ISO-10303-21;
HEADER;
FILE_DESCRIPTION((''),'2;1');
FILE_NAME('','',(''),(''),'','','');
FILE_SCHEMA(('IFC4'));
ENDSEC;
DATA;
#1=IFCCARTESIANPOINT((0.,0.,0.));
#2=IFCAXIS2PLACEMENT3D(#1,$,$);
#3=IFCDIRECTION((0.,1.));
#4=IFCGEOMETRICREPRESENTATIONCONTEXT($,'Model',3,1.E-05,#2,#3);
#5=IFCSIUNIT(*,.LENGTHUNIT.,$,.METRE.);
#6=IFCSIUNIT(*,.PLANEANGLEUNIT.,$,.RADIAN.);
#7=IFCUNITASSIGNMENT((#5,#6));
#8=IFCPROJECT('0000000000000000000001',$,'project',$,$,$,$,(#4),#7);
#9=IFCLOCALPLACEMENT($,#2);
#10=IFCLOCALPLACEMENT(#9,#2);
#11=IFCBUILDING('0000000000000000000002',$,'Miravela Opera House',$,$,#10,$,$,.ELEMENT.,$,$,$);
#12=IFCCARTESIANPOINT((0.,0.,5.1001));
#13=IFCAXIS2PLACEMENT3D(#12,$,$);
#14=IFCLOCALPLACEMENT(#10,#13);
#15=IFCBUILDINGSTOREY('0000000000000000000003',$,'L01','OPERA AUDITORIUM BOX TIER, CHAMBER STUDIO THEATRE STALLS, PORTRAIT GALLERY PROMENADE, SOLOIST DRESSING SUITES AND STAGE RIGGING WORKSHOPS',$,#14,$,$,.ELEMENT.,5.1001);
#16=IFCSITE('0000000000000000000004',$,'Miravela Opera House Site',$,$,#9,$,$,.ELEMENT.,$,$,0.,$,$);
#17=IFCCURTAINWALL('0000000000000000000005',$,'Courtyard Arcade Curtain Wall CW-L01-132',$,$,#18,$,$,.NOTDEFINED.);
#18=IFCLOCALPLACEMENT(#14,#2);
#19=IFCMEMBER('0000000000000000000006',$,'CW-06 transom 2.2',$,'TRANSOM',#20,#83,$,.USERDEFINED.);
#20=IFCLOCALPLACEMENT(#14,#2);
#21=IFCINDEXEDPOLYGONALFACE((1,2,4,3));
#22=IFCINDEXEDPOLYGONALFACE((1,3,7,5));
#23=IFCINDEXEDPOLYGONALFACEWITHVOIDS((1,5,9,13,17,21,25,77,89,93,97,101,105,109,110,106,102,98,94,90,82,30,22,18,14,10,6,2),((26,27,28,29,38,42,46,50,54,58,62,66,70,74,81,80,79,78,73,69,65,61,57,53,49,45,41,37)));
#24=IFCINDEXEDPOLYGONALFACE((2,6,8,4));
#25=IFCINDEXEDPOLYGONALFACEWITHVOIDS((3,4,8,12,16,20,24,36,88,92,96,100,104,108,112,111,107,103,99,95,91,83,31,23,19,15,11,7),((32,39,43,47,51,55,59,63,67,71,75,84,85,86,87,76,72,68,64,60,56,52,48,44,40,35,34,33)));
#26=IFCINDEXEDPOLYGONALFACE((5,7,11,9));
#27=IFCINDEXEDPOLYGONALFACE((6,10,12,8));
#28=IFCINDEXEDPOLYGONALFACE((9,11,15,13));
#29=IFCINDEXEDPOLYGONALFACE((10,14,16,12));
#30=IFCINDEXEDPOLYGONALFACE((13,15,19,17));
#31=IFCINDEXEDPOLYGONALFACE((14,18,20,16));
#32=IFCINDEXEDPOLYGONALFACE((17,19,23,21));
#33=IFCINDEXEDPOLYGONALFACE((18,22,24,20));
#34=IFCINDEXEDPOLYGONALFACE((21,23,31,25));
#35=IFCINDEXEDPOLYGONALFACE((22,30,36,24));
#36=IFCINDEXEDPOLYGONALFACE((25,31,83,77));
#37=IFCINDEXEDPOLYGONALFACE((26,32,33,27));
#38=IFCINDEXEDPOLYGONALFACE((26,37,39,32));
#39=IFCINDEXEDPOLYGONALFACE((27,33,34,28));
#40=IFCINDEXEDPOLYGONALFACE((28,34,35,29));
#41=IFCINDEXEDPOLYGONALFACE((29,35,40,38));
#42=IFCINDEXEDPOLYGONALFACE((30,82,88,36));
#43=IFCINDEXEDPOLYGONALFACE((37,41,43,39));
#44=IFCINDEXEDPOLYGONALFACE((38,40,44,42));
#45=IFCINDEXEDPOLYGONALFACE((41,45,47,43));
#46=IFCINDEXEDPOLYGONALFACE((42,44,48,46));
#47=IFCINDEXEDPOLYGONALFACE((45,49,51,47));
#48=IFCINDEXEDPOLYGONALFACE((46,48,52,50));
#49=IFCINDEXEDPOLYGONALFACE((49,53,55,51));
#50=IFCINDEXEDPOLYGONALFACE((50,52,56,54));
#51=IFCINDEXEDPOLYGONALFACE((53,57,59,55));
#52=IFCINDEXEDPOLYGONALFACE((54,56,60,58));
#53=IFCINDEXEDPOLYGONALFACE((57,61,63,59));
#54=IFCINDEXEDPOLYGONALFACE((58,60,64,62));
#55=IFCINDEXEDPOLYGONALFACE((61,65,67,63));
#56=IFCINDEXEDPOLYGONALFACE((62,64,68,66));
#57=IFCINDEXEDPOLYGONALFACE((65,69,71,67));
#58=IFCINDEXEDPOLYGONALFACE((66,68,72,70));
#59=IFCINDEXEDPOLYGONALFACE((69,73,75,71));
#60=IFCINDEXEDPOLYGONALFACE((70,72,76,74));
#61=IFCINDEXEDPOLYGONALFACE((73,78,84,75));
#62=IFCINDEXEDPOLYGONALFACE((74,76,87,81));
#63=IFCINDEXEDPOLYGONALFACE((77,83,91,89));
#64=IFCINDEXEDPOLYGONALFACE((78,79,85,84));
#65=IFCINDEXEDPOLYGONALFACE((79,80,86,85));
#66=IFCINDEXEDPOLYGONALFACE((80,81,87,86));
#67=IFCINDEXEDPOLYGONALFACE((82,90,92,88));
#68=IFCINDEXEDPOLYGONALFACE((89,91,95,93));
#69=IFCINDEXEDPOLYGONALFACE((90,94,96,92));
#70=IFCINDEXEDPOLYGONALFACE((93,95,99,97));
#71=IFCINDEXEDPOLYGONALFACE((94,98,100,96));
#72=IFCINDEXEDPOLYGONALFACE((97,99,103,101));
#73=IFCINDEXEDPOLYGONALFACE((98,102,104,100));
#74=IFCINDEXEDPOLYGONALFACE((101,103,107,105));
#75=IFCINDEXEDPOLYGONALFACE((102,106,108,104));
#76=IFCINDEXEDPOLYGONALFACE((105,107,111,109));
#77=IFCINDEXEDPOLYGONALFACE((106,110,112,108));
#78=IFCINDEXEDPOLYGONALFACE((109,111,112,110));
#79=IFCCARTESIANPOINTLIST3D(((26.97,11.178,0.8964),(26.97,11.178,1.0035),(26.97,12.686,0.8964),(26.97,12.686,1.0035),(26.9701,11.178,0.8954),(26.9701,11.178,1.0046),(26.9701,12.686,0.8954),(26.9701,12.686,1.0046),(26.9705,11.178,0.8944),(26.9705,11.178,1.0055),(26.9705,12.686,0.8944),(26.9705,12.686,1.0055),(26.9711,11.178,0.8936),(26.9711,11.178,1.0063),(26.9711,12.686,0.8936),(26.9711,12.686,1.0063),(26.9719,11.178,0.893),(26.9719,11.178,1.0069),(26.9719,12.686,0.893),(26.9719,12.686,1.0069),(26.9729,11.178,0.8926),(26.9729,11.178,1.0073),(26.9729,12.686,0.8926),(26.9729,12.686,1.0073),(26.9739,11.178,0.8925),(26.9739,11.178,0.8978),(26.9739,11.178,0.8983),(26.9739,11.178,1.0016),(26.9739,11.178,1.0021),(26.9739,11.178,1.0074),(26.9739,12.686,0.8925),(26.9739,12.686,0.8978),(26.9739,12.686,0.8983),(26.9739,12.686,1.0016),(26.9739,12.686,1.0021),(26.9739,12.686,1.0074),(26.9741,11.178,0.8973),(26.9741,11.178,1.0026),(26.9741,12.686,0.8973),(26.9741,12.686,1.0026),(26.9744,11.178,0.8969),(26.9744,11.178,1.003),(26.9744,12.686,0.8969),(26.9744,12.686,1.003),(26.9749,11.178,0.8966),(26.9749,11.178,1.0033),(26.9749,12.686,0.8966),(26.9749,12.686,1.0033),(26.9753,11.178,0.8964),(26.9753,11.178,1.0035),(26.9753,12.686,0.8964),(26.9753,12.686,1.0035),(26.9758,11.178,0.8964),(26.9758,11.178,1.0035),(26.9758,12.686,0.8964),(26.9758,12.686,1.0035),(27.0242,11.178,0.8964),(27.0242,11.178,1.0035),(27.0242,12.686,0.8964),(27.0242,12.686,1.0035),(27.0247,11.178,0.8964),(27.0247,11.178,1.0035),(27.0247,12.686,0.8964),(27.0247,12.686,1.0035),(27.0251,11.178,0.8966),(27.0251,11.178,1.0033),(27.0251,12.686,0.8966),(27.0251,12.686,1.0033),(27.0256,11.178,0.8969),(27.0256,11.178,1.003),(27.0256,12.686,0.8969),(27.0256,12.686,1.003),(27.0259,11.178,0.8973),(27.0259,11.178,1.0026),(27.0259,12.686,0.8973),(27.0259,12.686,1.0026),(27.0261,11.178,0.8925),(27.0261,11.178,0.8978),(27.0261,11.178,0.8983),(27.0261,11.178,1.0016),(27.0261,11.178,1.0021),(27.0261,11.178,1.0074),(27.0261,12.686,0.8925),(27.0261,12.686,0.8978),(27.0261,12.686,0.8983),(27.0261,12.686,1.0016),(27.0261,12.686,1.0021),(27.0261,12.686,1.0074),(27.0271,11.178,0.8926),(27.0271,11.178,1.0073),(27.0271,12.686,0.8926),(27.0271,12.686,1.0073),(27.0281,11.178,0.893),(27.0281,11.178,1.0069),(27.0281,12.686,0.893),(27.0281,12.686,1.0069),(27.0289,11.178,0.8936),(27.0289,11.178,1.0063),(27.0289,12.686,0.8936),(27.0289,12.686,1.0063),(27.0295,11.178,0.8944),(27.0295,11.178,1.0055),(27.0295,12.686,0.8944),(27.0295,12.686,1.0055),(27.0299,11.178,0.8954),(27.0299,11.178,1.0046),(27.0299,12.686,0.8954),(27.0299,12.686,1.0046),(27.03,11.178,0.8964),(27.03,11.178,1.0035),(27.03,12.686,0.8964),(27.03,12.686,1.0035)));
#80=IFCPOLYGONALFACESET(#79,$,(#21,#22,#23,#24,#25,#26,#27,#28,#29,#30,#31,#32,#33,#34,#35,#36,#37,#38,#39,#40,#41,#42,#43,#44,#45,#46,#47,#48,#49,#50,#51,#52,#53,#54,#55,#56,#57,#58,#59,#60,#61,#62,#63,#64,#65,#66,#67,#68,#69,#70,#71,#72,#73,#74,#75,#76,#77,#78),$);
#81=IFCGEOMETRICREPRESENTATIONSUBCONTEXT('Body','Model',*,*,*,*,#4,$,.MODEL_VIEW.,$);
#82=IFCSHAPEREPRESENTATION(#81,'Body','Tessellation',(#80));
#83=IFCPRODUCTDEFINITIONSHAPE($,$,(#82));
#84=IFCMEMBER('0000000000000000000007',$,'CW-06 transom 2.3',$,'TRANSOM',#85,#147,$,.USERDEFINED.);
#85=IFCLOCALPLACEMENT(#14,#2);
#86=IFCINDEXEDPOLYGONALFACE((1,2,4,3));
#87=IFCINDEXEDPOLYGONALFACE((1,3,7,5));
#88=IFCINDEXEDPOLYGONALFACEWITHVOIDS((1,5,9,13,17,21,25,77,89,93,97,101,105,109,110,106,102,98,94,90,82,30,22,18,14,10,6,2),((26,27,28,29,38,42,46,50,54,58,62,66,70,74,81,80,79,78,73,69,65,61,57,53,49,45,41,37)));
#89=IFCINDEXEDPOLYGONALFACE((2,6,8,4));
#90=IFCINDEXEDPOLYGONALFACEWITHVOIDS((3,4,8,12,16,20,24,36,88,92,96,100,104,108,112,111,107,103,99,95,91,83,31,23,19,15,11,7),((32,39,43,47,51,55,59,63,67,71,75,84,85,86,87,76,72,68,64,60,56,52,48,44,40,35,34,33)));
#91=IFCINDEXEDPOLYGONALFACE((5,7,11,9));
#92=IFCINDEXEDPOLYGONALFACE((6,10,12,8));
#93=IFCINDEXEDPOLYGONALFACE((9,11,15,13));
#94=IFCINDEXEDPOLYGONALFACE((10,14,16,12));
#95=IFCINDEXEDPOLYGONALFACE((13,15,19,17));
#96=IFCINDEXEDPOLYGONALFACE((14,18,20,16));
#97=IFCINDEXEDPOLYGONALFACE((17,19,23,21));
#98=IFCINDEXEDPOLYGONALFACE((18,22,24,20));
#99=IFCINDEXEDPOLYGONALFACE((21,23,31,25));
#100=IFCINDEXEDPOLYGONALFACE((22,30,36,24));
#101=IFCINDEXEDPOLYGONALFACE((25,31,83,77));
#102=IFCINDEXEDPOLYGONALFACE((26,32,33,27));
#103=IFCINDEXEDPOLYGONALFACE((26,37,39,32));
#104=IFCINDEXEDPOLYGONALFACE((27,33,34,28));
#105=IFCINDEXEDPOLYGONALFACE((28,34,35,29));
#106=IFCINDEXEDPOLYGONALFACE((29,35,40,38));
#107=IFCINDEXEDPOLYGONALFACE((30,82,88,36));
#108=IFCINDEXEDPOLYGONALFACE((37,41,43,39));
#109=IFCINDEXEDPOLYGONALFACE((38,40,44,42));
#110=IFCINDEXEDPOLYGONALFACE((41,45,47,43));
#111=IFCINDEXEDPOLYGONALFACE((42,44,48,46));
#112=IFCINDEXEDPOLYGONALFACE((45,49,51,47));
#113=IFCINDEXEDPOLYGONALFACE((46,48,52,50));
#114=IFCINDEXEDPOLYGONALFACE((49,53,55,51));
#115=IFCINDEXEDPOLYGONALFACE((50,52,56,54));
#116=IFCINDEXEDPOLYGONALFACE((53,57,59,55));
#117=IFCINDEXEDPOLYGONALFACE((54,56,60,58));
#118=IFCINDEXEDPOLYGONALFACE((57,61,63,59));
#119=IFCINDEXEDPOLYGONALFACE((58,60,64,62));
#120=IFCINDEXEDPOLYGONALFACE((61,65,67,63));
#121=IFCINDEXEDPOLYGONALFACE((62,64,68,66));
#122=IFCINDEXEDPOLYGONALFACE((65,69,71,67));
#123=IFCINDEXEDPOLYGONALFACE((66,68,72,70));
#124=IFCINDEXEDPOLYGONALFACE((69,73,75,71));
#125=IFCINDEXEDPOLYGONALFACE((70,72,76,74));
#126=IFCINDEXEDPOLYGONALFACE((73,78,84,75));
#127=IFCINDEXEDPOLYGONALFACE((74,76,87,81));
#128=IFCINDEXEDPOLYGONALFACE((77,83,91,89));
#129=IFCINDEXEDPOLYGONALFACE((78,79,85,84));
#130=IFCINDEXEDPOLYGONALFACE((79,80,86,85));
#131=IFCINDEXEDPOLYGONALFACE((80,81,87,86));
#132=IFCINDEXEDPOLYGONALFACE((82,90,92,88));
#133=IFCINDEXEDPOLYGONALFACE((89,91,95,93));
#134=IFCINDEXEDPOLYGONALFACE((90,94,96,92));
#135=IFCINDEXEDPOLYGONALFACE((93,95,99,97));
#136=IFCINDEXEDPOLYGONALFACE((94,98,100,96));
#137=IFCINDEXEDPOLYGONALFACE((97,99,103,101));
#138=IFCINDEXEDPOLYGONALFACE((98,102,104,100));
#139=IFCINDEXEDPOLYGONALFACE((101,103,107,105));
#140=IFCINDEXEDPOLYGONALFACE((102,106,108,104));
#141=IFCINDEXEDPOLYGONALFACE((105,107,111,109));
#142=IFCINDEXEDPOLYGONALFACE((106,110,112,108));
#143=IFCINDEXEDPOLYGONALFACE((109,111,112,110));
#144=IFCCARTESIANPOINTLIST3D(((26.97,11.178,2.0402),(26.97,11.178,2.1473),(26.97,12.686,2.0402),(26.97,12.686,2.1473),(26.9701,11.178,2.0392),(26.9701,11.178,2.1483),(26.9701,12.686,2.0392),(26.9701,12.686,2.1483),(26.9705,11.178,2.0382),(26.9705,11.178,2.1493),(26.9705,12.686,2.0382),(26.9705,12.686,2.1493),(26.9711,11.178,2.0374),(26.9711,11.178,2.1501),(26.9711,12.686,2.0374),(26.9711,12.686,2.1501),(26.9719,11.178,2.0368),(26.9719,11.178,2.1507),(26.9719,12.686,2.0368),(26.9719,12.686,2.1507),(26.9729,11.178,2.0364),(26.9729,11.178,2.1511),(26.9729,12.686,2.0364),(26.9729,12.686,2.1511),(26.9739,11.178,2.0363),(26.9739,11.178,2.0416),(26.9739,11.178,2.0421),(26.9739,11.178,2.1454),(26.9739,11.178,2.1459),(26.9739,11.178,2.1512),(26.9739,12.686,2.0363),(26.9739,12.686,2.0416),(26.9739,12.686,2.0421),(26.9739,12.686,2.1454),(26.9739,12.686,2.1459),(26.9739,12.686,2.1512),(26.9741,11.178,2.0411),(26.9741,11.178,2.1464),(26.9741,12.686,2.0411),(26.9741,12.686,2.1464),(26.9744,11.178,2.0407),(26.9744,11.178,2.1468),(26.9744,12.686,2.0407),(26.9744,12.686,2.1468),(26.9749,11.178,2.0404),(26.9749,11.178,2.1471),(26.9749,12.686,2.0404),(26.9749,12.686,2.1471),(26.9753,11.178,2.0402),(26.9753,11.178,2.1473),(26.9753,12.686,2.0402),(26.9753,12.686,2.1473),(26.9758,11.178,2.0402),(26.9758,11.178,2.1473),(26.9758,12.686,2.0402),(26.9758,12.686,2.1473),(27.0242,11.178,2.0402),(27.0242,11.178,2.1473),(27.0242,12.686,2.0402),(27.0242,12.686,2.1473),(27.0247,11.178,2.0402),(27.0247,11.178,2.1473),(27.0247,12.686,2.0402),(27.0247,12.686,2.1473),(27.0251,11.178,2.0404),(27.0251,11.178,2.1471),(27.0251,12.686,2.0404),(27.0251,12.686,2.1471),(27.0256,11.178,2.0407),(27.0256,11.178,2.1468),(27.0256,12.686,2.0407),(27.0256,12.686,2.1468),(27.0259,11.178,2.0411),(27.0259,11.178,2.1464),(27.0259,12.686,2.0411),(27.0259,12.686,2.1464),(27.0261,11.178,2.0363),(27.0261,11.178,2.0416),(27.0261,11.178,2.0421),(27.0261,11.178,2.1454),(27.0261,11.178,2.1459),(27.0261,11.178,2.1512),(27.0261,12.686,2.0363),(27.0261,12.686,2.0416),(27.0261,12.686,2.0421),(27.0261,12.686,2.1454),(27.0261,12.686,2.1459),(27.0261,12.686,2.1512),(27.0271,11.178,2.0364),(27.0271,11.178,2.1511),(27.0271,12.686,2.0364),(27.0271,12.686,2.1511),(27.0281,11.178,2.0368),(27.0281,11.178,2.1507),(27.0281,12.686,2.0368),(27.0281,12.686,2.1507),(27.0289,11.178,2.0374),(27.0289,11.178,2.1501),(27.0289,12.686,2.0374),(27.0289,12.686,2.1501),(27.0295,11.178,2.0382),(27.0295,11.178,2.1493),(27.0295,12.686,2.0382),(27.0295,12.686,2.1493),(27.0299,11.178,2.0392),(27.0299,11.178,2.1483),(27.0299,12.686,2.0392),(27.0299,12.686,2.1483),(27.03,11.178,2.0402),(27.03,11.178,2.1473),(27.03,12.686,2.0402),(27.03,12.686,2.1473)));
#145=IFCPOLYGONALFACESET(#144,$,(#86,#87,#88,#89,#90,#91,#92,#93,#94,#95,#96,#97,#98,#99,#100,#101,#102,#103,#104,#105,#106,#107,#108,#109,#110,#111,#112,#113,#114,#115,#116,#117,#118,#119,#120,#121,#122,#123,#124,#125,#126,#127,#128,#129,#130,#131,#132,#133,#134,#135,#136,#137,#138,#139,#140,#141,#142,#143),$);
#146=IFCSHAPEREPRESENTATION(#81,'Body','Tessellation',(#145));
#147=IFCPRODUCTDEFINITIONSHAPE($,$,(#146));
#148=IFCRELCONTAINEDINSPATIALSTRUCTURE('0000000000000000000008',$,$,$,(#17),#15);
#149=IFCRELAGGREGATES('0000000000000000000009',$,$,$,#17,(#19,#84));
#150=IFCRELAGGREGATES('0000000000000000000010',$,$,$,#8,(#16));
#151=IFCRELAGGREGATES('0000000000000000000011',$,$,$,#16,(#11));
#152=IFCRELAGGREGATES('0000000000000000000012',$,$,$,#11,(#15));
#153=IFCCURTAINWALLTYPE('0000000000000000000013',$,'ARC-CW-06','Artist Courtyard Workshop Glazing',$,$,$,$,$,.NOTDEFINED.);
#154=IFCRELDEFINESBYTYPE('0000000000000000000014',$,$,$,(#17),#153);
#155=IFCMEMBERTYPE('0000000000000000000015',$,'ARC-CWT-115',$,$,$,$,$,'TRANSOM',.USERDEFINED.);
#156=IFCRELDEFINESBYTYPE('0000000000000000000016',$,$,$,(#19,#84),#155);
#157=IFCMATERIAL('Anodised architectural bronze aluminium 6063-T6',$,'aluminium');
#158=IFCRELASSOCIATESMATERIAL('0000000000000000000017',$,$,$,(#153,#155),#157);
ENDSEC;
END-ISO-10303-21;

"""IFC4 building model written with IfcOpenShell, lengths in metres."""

from ifc_helpers import new_model, si_unit, direction, frame, origin, origin_2d, place, context, subcontext, project, spatial, hollow_rectangle, extrude, material, material_profile, profile_set, type_object, element, aggregate, save


model = new_model("IFC4")

# Units and contexts
model_context = context("Model", 3, precision=1e-05, world=origin(), true_north=direction((0.0, 1.0)))
body_context = subcontext(model_context, "Body", "Model", "MODEL_VIEW")
ifc_project = project(units=[si_unit("LENGTHUNIT", "METRE"), si_unit("PLANEANGLEUNIT", "RADIAN")], contexts=[model_context])

# Site, building, storey
site_placement = place(None, origin())
site = spatial("IfcSite", under=ifc_project, at=site_placement, Name="Miravela Opera House Site", CompositionType="ELEMENT", RefElevation=0.0)
building_placement = place(site_placement, origin())
building = spatial("IfcBuilding", under=site, at=building_placement, Name="Miravela Opera House", CompositionType="ELEMENT")
storey_placement = place(building_placement, frame((0.0, 0.0, 5.1001)))
storey = spatial("IfcBuildingStorey", under=building, at=storey_placement, Name="L01", Description="OPERA AUDITORIUM BOX TIER, CHAMBER STUDIO THEATRE STALLS, PORTRAIT GALLERY PROMENADE, SOLOIST DRESSING SUITES AND STAGE RIGGING WORKSHOPS", CompositionType="ELEMENT", Elevation=5.1001)

# Curtain wall, members
ifc_material_1 = material(Name="Anodised architectural bronze aluminium 6063-T6", Category="aluminium")
curtain_wall_type = type_object("IfcCurtainWallType", Name="ARC-CW-06", Description="Artist Courtyard Workshop Glazing", PredefinedType="NOTDEFINED", material=ifc_material_1)
curtain_wall_placement = place(storey_placement, origin())
curtain_wall = element("IfcCurtainWall", 1, at=curtain_wall_placement, inside=storey, type_object=curtain_wall_type, Name="Courtyard Arcade Curtain Wall CW-L01-132", PredefinedType="NOTDEFINED")
ifc_material_profile_1 = material_profile(ifc_material_1, hollow_rectangle(XDim=0.0601, YDim=0.115, WallThickness=0.0039, InnerFilletRadius=0.002, OuterFilletRadius=0.0039, at=origin_2d()), Name="CWT-60X115")
ifc_profile_set_1 = profile_set([ifc_material_profile_1])
member_type_1 = type_object("IfcMemberType", Name="ARC-CWT-115", ElementType="TRANSOM", PredefinedType="USERDEFINED", material=ifc_profile_set_1)
member_1_placement = place(storey_placement, frame((27.0, 11.178, 0.95), z_axis=(0.0, 1.0, 0.0), x_axis=(-1.0, 0.0, 0.0)))
member_1 = element("IfcMember", 2, at=member_1_placement, type_object=member_type_1, Name="CW-06 transom 2.2", ObjectType="TRANSOM", PredefinedType="USERDEFINED", context=body_context, shape_type="SweptSolid", body=[
    extrude(hollow_rectangle(XDim=0.0601, YDim=0.115, WallThickness=0.0039, InnerFilletRadius=0.002, OuterFilletRadius=0.0039, at=origin_2d()), origin(), (0.0, 0.0, 1.0), 1.5081),
])
member_2_placement = place(storey_placement, frame((27.0, 11.178, 2.0938), z_axis=(0.0, 1.0, 0.0), x_axis=(-1.0, 0.0, 0.0)))
member_2 = element("IfcMember", 3, at=member_2_placement, type_object=member_type_1, Name="CW-06 transom 2.3", ObjectType="TRANSOM", PredefinedType="USERDEFINED", context=body_context, shape_type="SweptSolid", body=[
    extrude(hollow_rectangle(XDim=0.0601, YDim=0.115, WallThickness=0.0039, InnerFilletRadius=0.002, OuterFilletRadius=0.0039, at=origin_2d()), origin(), (0.0, 0.0, 1.0), 1.5081),
])
aggregate(curtain_wall, [member_1, member_2])

save(model, "model.ifc")
